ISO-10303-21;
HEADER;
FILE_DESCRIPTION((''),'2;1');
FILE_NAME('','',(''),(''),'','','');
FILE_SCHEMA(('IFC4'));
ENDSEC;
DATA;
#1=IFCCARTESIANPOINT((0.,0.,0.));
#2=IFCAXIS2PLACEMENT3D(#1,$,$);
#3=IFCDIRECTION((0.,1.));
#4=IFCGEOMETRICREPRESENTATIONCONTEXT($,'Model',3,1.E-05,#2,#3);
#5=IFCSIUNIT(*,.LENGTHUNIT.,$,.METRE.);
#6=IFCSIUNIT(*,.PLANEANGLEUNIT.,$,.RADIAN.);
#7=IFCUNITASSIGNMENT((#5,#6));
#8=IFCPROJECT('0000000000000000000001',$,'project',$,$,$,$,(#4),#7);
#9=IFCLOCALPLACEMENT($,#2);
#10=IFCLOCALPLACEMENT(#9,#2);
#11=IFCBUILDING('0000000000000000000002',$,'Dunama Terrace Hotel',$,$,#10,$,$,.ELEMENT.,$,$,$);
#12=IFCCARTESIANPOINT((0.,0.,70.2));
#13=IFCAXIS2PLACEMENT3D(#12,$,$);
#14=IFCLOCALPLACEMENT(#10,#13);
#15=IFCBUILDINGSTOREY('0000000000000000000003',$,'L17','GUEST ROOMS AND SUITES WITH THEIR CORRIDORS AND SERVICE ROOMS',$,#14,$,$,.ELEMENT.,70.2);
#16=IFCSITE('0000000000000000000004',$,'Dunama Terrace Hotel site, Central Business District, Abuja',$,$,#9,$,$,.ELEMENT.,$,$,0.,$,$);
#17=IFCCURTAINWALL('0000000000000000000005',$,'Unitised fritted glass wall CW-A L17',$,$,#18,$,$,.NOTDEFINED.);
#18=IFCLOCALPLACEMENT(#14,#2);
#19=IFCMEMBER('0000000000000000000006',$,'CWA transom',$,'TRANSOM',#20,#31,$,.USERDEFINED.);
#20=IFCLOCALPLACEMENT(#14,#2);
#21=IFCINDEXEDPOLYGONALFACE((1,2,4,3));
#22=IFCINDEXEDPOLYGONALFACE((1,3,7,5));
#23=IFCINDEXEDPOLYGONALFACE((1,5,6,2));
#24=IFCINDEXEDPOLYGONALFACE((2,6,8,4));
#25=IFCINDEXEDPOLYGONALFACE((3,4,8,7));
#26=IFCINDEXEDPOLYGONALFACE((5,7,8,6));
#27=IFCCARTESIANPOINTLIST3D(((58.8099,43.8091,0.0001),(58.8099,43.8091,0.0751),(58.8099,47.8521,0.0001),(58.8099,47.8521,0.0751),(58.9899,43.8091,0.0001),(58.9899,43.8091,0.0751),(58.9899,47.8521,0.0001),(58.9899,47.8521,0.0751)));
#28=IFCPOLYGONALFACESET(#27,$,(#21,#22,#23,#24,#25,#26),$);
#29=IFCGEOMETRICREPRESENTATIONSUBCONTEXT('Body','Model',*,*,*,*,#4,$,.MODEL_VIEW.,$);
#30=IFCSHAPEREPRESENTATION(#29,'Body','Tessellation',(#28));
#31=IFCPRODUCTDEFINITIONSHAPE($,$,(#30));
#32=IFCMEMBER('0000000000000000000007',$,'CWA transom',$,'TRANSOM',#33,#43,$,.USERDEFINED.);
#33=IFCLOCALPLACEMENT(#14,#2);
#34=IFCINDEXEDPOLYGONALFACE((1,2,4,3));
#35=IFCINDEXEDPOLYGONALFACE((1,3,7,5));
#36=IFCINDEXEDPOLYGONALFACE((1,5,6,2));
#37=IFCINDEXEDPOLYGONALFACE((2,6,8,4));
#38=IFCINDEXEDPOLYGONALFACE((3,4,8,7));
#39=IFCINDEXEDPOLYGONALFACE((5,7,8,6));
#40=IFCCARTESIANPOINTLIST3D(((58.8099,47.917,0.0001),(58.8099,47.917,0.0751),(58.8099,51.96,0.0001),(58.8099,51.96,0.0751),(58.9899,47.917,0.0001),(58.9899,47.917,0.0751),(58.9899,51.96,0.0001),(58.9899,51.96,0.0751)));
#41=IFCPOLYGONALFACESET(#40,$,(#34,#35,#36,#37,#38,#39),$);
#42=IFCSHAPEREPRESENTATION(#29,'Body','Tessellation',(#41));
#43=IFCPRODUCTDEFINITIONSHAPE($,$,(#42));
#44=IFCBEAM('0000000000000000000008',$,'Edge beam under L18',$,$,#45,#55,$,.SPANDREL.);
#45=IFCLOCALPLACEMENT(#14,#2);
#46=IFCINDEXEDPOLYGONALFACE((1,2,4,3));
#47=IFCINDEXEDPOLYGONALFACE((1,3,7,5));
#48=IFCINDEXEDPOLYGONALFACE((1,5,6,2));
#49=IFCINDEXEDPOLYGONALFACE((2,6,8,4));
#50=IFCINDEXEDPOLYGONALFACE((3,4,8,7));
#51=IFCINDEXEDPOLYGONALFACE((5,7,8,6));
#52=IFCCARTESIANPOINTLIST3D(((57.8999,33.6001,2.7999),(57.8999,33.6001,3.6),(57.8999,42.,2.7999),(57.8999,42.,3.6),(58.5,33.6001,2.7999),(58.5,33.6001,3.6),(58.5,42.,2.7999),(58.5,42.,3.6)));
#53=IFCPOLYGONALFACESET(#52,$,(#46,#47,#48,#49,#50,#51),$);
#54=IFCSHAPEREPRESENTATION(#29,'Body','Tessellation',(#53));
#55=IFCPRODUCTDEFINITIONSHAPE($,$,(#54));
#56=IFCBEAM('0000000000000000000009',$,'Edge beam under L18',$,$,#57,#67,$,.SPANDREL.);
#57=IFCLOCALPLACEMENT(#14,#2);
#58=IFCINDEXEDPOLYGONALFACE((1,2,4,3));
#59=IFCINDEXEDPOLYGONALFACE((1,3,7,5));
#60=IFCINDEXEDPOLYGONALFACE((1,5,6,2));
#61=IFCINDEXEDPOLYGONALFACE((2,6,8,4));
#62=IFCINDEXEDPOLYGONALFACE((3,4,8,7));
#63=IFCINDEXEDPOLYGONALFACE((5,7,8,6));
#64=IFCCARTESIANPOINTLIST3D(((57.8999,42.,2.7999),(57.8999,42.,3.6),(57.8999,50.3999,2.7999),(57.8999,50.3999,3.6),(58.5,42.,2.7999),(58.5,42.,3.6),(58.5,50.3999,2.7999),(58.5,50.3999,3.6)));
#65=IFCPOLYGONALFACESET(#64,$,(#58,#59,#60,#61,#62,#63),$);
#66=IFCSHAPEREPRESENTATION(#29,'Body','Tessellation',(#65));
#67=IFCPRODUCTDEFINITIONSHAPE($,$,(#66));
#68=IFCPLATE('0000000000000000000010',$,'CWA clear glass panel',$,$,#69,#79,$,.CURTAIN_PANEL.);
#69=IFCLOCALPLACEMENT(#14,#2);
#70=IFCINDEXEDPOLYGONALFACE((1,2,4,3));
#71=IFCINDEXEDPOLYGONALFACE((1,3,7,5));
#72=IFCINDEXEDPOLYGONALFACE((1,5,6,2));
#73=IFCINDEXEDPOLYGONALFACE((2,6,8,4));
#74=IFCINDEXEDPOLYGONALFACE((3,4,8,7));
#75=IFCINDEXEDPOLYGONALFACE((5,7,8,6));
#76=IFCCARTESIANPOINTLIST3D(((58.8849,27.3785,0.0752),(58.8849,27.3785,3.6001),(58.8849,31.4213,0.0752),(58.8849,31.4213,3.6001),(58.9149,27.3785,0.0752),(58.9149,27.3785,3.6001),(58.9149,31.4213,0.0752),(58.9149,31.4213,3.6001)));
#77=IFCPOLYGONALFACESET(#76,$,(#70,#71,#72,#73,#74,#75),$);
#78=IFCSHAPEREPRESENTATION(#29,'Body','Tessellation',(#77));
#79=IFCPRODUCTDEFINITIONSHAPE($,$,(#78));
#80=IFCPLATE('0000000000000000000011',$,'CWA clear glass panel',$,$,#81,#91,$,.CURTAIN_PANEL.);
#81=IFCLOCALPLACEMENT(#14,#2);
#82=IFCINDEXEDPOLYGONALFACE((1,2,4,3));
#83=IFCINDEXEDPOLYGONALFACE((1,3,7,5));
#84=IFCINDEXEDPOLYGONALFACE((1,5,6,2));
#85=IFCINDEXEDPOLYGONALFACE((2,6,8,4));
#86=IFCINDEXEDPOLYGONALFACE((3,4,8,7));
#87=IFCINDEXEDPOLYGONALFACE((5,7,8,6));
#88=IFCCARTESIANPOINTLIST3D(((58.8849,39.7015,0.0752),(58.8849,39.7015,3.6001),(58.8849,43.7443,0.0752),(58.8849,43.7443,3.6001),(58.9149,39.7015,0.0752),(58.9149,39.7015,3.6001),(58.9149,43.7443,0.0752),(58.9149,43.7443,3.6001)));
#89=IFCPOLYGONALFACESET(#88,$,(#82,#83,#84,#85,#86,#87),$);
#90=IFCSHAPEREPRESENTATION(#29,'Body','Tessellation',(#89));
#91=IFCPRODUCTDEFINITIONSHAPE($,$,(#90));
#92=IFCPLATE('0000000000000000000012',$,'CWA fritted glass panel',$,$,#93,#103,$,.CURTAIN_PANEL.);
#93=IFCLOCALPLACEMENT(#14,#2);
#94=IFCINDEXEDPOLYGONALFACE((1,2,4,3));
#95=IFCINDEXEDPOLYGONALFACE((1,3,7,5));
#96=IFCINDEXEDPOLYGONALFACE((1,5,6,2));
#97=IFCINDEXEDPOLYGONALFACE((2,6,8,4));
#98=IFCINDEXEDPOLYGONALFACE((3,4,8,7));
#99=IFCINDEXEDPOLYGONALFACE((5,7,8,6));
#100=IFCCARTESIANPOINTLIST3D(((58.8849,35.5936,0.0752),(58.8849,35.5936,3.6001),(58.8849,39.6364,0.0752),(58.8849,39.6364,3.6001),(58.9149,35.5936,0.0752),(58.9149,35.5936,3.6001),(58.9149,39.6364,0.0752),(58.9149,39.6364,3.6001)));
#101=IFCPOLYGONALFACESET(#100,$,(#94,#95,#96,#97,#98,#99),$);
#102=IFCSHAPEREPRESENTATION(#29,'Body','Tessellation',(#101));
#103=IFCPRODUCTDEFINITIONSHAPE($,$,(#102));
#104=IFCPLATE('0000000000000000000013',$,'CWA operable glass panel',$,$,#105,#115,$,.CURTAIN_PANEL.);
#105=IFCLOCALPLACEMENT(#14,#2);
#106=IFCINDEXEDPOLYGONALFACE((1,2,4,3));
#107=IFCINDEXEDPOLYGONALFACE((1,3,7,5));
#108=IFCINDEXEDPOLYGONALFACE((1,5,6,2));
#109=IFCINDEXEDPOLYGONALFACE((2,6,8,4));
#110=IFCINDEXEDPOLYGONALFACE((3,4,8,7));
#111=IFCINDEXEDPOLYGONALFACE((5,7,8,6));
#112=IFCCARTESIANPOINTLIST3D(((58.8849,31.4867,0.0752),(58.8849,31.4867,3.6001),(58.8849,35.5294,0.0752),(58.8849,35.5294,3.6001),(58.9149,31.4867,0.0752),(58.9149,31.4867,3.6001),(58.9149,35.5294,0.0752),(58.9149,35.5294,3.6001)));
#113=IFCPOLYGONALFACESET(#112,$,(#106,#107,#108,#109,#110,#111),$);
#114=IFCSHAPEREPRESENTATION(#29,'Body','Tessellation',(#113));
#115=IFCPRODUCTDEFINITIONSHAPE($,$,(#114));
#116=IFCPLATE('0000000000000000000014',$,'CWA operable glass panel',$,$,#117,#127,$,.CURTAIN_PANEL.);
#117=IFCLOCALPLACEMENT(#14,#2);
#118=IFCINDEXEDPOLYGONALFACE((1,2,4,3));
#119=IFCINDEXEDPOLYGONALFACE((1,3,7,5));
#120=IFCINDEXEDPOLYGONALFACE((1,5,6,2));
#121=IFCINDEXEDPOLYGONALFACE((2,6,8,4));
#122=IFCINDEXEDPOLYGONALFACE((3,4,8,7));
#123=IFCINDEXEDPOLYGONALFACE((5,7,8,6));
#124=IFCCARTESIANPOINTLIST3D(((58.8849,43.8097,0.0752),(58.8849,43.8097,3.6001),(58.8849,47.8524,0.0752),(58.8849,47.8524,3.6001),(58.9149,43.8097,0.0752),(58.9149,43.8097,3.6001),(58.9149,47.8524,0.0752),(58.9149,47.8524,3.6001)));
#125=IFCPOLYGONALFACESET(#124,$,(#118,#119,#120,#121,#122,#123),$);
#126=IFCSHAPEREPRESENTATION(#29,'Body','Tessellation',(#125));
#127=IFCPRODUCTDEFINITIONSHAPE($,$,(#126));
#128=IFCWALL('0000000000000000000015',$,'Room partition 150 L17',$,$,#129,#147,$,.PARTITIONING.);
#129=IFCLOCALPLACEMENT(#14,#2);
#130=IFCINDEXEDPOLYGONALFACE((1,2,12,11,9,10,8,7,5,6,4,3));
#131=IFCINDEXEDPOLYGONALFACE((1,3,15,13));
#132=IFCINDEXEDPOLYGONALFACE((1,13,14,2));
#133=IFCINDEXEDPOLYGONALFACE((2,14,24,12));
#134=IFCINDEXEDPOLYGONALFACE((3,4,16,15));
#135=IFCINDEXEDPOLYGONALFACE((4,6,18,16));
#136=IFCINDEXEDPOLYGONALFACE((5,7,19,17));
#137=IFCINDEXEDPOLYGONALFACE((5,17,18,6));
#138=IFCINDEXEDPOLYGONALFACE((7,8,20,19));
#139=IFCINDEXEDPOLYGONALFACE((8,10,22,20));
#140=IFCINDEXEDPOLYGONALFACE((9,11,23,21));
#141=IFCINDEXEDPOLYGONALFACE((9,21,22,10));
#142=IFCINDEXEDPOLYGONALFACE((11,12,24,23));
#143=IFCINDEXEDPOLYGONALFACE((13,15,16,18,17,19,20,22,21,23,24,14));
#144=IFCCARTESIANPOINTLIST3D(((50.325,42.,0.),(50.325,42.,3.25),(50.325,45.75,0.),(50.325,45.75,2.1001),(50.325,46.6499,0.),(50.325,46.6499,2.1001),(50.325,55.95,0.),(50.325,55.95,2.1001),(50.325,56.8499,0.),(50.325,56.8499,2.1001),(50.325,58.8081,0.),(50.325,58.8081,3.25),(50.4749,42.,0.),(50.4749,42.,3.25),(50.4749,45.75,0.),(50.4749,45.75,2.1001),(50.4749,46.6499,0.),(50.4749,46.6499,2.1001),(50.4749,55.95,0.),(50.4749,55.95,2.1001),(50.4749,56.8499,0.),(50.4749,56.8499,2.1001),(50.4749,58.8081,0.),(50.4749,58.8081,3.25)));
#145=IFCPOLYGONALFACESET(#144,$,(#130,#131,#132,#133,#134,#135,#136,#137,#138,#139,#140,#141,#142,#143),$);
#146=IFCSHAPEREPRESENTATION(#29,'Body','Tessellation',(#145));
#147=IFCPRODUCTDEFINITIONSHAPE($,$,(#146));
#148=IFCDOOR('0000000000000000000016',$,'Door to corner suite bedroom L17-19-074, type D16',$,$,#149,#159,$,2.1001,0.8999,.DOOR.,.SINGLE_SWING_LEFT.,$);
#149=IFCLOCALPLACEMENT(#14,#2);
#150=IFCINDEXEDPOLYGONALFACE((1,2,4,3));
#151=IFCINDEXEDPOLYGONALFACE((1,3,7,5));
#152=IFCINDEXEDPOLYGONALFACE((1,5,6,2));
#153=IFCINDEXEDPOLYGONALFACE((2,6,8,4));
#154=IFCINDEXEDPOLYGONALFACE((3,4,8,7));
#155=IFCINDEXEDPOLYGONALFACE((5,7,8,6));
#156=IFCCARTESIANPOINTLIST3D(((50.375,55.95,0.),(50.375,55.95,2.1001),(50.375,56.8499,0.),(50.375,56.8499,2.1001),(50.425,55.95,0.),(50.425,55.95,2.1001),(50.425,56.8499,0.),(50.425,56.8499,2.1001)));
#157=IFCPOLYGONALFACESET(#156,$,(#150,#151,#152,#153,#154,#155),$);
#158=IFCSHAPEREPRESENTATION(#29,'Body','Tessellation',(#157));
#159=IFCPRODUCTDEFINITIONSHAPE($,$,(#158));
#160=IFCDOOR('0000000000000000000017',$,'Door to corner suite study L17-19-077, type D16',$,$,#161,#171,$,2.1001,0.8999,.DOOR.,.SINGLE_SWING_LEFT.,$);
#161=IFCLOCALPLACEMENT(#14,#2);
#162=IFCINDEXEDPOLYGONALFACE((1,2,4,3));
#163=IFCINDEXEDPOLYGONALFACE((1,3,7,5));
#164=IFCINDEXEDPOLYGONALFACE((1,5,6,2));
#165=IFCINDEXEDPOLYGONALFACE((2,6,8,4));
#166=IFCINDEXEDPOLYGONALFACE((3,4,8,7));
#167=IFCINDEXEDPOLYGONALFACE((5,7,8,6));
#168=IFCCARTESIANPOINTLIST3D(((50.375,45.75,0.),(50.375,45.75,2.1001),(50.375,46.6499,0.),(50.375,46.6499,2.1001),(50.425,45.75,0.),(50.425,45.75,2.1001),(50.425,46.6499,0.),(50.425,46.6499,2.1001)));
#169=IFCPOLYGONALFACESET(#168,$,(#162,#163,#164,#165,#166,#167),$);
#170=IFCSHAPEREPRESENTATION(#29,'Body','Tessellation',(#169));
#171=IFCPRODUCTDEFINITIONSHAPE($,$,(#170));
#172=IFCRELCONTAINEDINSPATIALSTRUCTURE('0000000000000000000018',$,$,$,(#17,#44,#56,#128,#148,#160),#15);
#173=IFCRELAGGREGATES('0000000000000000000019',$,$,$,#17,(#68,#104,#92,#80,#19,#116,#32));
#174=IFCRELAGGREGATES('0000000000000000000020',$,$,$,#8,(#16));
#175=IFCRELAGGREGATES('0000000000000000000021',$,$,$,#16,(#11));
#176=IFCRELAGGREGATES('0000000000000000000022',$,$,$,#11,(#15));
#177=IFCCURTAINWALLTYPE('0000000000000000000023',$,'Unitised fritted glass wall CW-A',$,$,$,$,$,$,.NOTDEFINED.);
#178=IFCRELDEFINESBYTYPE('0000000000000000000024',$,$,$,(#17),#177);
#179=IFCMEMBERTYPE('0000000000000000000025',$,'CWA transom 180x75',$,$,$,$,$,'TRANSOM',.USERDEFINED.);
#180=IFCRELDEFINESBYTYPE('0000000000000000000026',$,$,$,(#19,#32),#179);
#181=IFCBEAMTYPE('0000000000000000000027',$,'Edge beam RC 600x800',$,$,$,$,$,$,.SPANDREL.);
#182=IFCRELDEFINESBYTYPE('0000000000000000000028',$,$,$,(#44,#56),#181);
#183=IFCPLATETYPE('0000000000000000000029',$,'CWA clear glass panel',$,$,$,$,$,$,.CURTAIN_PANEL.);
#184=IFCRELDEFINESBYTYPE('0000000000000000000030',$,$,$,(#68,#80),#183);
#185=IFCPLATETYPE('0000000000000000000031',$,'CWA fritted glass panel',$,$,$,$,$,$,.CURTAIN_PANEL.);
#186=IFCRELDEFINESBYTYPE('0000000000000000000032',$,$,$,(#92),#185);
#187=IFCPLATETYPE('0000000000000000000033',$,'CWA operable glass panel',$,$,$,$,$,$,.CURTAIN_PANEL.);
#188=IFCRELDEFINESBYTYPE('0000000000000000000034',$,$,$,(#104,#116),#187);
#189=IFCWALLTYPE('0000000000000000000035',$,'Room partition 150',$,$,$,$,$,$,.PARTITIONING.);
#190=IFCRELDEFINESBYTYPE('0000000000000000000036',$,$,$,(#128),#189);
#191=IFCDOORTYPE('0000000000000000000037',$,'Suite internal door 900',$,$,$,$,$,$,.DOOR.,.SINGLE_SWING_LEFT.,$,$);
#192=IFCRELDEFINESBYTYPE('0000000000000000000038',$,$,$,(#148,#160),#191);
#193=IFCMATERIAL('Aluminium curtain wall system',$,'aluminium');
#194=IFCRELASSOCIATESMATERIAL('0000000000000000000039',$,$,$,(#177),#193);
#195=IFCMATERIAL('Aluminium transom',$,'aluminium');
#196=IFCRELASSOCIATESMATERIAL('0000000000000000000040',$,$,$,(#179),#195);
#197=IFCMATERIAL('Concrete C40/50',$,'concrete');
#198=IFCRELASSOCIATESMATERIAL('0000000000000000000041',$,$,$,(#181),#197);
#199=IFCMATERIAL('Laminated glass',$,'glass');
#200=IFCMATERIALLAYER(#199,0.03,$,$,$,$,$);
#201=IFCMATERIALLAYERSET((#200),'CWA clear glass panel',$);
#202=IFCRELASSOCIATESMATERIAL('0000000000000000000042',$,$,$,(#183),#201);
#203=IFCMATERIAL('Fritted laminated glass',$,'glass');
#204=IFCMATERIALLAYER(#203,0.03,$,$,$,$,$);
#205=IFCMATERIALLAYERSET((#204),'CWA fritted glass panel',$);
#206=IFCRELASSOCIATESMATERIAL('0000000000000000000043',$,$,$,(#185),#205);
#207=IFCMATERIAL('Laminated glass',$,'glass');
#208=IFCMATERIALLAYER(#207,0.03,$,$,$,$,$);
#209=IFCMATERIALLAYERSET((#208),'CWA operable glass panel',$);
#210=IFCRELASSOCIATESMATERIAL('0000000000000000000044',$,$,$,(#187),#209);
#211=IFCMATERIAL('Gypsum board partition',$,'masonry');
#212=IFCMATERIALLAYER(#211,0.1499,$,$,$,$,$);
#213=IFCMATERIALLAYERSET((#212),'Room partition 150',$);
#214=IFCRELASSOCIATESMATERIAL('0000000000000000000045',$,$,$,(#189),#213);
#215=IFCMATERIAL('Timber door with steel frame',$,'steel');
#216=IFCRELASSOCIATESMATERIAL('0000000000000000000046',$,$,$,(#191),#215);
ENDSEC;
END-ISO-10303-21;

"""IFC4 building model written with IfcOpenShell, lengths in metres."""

from ifc_helpers import new_model, si_unit, direction, frame, frame_2d, origin, origin_2d, place, context, subcontext, project, spatial, rectangle, extrude, material, layer, layer_set, material_profile, profile_set, type_object, element, fill, aggregate, save


model = new_model("IFC4")

# Units and contexts
model_context = context("Model", 3, precision=1e-05, world=origin(), true_north=direction((0.0, 1.0)))
body_context = subcontext(model_context, "Body", "Model", "MODEL_VIEW")
ifc_project = project(units=[si_unit("LENGTHUNIT", "METRE"), si_unit("PLANEANGLEUNIT", "RADIAN")], contexts=[model_context])

# Site, building, storey
site_placement = place(None, origin())
site = spatial("IfcSite", under=ifc_project, at=site_placement, Name="Dunama Terrace Hotel site, Central Business District, Abuja", CompositionType="ELEMENT", RefElevation=0.0)
building_placement = place(site_placement, origin())
building = spatial("IfcBuilding", under=site, at=building_placement, Name="Dunama Terrace Hotel", CompositionType="ELEMENT")
storey_placement = place(building_placement, frame((0.0, 0.0, 70.2)))
storey = spatial("IfcBuildingStorey", under=building, at=storey_placement, Name="L17", Description="GUEST ROOMS AND SUITES WITH THEIR CORRIDORS AND SERVICE ROOMS", CompositionType="ELEMENT", Elevation=70.2)

# Curtain wall, members
ifc_material_1 = material(Name="Aluminium curtain wall system", Category="aluminium")
curtain_wall_type = type_object("IfcCurtainWallType", Name="Unitised fritted glass wall CW-A", PredefinedType="NOTDEFINED", material=ifc_material_1)
curtain_wall_placement = place(storey_placement, origin())
curtain_wall = element("IfcCurtainWall", 1, at=curtain_wall_placement, inside=storey, type_object=curtain_wall_type, Name="Unitised fritted glass wall CW-A L17", PredefinedType="NOTDEFINED")
ifc_material_2 = material(Name="Aluminium transom", Category="aluminium")
ifc_material_profile_1 = material_profile(ifc_material_2, rectangle(XDim=0.1799, YDim=0.075, at=origin_2d()), Name="CWA TRANSOM 180X75")
ifc_profile_set_1 = profile_set([ifc_material_profile_1], Name="Aluminium transom")
member_type_1 = type_object("IfcMemberType", Name="CWA transom 180x75", ElementType="TRANSOM", PredefinedType="USERDEFINED", material=ifc_profile_set_1)
member_1_placement = place(storey_placement, frame((58.8999, 43.8091, 0.0376), z_axis=(0.0, 1.0, 0.0), x_axis=(-1.0, 0.0, 0.0)))
member_1 = element("IfcMember", 2, at=member_1_placement, type_object=member_type_1, Name="CWA transom", ObjectType="TRANSOM", PredefinedType="USERDEFINED", context=body_context, shape_type="SweptSolid", body=[
    extrude(rectangle(XDim=0.1799, YDim=0.075, at=origin_2d()), origin(), (0.0, 0.0, 1.0), 4.043),
])
member_2_placement = place(storey_placement, frame((58.8999, 47.917, 0.0376), z_axis=(0.0, 1.0, 0.0), x_axis=(-1.0, 0.0, 0.0)))
member_2 = element("IfcMember", 3, at=member_2_placement, type_object=member_type_1, Name="CWA transom", ObjectType="TRANSOM", PredefinedType="USERDEFINED", context=body_context, shape_type="SweptSolid", body=[
    extrude(rectangle(XDim=0.1799, YDim=0.075, at=origin_2d()), origin(), (0.0, 0.0, 1.0), 4.043),
])

# Beams
ifc_material_3 = material(Name="Concrete C40/50", Category="concrete")
ifc_material_profile_2 = material_profile(ifc_material_3, rectangle(XDim=0.6001, YDim=0.8, at=origin_2d()), Name="RC 600x800")
ifc_profile_set_2 = profile_set([ifc_material_profile_2], Name="Concrete C40/50")
beam_type = type_object("IfcBeamType", Name="Edge beam RC 600x800", PredefinedType="SPANDREL", material=ifc_profile_set_2)
for number, where, z_axis, x_axis, name in (
    (4, (58.2, 33.6001, 3.2), (0.0, 1.0, 0.0), (-1.0, 0.0, 0.0), "Edge beam under L18"),
    (5, (58.2, 42.0, 3.2), (0.0, 1.0, 0.0), (-1.0, 0.0, 0.0), "Edge beam under L18"),
):
    element("IfcBeam", number, at=place(storey_placement, frame(where, z_axis=z_axis, x_axis=x_axis)), inside=storey, type_object=beam_type, Name=name, PredefinedType="SPANDREL", context=body_context, shape_type="SweptSolid", body=[
        extrude(rectangle(XDim=0.6001, YDim=0.8, at=origin_2d()), origin(), (0.0, 0.0, 1.0), 8.3999),
    ])

# Plates
ifc_material_4 = material(Name="Laminated glass", Category="glass")
ifc_layer_1 = layer(ifc_material_4, 0.03)
ifc_layer_set_1 = layer_set([ifc_layer_1], Name="CWA clear glass panel")
plate_type_1 = type_object("IfcPlateType", Name="CWA clear glass panel", PredefinedType="CURTAIN_PANEL", material=ifc_layer_set_1)
plate_1_placement = place(storey_placement, frame((58.8999, 29.3999, 0.0752), z_axis=(0.0, 0.0, 1.0), x_axis=(0.0, 1.0, 0.0)))
plate_1 = element("IfcPlate", 6, at=plate_1_placement, type_object=plate_type_1, Name="CWA clear glass panel", PredefinedType="CURTAIN_PANEL", context=body_context, shape_type="SweptSolid", body=[
    extrude(rectangle(XDim=4.0427, YDim=0.03, at=origin_2d()), origin(), (0.0, 0.0, 1.0), 3.5249),
])
plate_2_placement = place(storey_placement, frame((58.8999, 41.7229, 0.0752), z_axis=(0.0, 0.0, 1.0), x_axis=(0.0, 1.0, 0.0)))
plate_2 = element("IfcPlate", 7, at=plate_2_placement, type_object=plate_type_1, Name="CWA clear glass panel", PredefinedType="CURTAIN_PANEL", context=body_context, shape_type="SweptSolid", body=[
    extrude(rectangle(XDim=4.0427, YDim=0.03, at=origin_2d()), origin(), (0.0, 0.0, 1.0), 3.5249),
])
ifc_material_5 = material(Name="Fritted laminated glass", Category="glass")
ifc_layer_2 = layer(ifc_material_5, 0.03)
ifc_layer_set_2 = layer_set([ifc_layer_2], Name="CWA fritted glass panel")
plate_type_2 = type_object("IfcPlateType", Name="CWA fritted glass panel", PredefinedType="CURTAIN_PANEL", material=ifc_layer_set_2)
plate_3_placement = place(storey_placement, frame((58.8999, 37.615, 0.0752), z_axis=(0.0, 0.0, 1.0), x_axis=(0.0, 1.0, 0.0)))
plate_3 = element("IfcPlate", 8, at=plate_3_placement, type_object=plate_type_2, Name="CWA fritted glass panel", PredefinedType="CURTAIN_PANEL", context=body_context, shape_type="SweptSolid", body=[
    extrude(rectangle(XDim=4.0427, YDim=0.03, at=origin_2d()), origin(), (0.0, 0.0, 1.0), 3.5249),
])
ifc_material_6 = material(Name="Laminated glass", Category="glass")
ifc_layer_3 = layer(ifc_material_6, 0.03)
ifc_layer_set_3 = layer_set([ifc_layer_3], Name="CWA operable glass panel")
plate_type_3 = type_object("IfcPlateType", Name="CWA operable glass panel", PredefinedType="CURTAIN_PANEL", material=ifc_layer_set_3)
plate_4_placement = place(storey_placement, frame((58.8999, 33.5081, 0.0752), z_axis=(0.0, 0.0, 1.0), x_axis=(0.0, 1.0, 0.0)))
plate_4 = element("IfcPlate", 9, at=plate_4_placement, type_object=plate_type_3, Name="CWA operable glass panel", PredefinedType="CURTAIN_PANEL", context=body_context, shape_type="SweptSolid", body=[
    extrude(rectangle(XDim=4.0427, YDim=0.03, at=origin_2d()), origin(), (0.0, 0.0, 1.0), 3.5249),
])
plate_5_placement = place(storey_placement, frame((58.8999, 45.8311, 0.0752), z_axis=(0.0, 0.0, 1.0), x_axis=(0.0, 1.0, 0.0)))
plate_5 = element("IfcPlate", 10, at=plate_5_placement, type_object=plate_type_3, Name="CWA operable glass panel", PredefinedType="CURTAIN_PANEL", context=body_context, shape_type="SweptSolid", body=[
    extrude(rectangle(XDim=4.0427, YDim=0.03, at=origin_2d()), origin(), (0.0, 0.0, 1.0), 3.5249),
])
aggregate(curtain_wall, [plate_1, plate_4, plate_3, plate_2, member_1, plate_5, member_2])

# Wall, openings, doors
ifc_material_7 = material(Name="Gypsum board partition", Category="masonry")
ifc_layer_4 = layer(ifc_material_7, 0.1499)
ifc_layer_set_4 = layer_set([ifc_layer_4], Name="Room partition 150")
wall_type = type_object("IfcWallType", Name="Room partition 150", PredefinedType="PARTITIONING", material=ifc_layer_set_4)
wall_1_placement = place(storey_placement, frame((50.3999, 42.0, 0.0), z_axis=(0.0, 0.0, 1.0), x_axis=(0.0, 1.0, 0.0)))
wall_1 = element("IfcWall", 11, at=wall_1_placement, inside=storey, type_object=wall_type, Name="Room partition 150 L17", PredefinedType="PARTITIONING", context=body_context, shape_type="SweptSolid", body=[
    extrude(rectangle(XDim=16.8081, YDim=0.1499, at=frame_2d((8.4041, 0.0))), origin(), (0.0, 0.0, 1.0), 3.25),
])
opening_1_placement = place(wall_1_placement, frame((13.95, 0.0, 0.0)))
opening_1 = element("IfcOpeningElement", 12, at=opening_1_placement, cuts=wall_1, PredefinedType="OPENING", context=body_context, shape_type="SweptSolid", body=[
    extrude(rectangle(XDim=0.8999, YDim=2.1001, at=frame_2d((0.45, 1.05))), frame((0.0, 0.085, 0.0), z_axis=(0.0, -1.0, 0.0), x_axis=(1.0, 0.0, 0.0)), (0.0, 0.0, 1.0), 0.1699),
])
opening_2_placement = place(wall_1_placement, frame((3.75, 0.0, 0.0)))
opening_2 = element("IfcOpeningElement", 13, at=opening_2_placement, cuts=wall_1, PredefinedType="OPENING", context=body_context, shape_type="SweptSolid", body=[
    extrude(rectangle(XDim=0.8999, YDim=2.1001, at=frame_2d((0.45, 1.05))), frame((0.0, 0.085, 0.0), z_axis=(0.0, -1.0, 0.0), x_axis=(1.0, 0.0, 0.0)), (0.0, 0.0, 1.0), 0.1699),
])
ifc_material_8 = material(Name="Timber door with steel frame", Category="steel")
door_type = type_object("IfcDoorType", Name="Suite internal door 900", OperationType="SINGLE_SWING_LEFT", PredefinedType="DOOR", material=ifc_material_8)
door_1_placement = place(opening_1_placement, frame((0.8999, 0.0, 0.0), z_axis=(0.0, 0.0, 1.0), x_axis=(-1.0, 0.0, 0.0)))
door_1 = element("IfcDoor", 14, at=door_1_placement, inside=storey, type_object=door_type, Name="Door to corner suite bedroom L17-19-074, type D16", OperationType="SINGLE_SWING_LEFT", OverallHeight=2.1001, OverallWidth=0.8999, PredefinedType="DOOR", context=body_context, shape_type="SweptSolid", body=[
    extrude(rectangle(XDim=0.8999, YDim=2.1001, at=frame_2d((0.45, 1.05))), frame((0.0, 0.0251, 0.0), z_axis=(0.0, -1.0, 0.0), x_axis=(1.0, 0.0, 0.0)), (0.0, 0.0, 1.0), 0.05),
])
fill(opening_1, door_1)
door_2_placement = place(opening_2_placement, frame((0.8999, 0.0, 0.0), z_axis=(0.0, 0.0, 1.0), x_axis=(-1.0, 0.0, 0.0)))
door_2 = element("IfcDoor", 15, at=door_2_placement, inside=storey, type_object=door_type, Name="Door to corner suite study L17-19-077, type D16", OperationType="SINGLE_SWING_LEFT", OverallHeight=2.1001, OverallWidth=0.8999, PredefinedType="DOOR", context=body_context, shape_type="SweptSolid", body=[
    extrude(rectangle(XDim=0.8999, YDim=2.1001, at=frame_2d((0.45, 1.05))), frame((0.0, 0.0251, 0.0), z_axis=(0.0, -1.0, 0.0), x_axis=(1.0, 0.0, 0.0)), (0.0, 0.0, 1.0), 0.05),
])
fill(opening_2, door_2)

save(model, "model.ifc")
